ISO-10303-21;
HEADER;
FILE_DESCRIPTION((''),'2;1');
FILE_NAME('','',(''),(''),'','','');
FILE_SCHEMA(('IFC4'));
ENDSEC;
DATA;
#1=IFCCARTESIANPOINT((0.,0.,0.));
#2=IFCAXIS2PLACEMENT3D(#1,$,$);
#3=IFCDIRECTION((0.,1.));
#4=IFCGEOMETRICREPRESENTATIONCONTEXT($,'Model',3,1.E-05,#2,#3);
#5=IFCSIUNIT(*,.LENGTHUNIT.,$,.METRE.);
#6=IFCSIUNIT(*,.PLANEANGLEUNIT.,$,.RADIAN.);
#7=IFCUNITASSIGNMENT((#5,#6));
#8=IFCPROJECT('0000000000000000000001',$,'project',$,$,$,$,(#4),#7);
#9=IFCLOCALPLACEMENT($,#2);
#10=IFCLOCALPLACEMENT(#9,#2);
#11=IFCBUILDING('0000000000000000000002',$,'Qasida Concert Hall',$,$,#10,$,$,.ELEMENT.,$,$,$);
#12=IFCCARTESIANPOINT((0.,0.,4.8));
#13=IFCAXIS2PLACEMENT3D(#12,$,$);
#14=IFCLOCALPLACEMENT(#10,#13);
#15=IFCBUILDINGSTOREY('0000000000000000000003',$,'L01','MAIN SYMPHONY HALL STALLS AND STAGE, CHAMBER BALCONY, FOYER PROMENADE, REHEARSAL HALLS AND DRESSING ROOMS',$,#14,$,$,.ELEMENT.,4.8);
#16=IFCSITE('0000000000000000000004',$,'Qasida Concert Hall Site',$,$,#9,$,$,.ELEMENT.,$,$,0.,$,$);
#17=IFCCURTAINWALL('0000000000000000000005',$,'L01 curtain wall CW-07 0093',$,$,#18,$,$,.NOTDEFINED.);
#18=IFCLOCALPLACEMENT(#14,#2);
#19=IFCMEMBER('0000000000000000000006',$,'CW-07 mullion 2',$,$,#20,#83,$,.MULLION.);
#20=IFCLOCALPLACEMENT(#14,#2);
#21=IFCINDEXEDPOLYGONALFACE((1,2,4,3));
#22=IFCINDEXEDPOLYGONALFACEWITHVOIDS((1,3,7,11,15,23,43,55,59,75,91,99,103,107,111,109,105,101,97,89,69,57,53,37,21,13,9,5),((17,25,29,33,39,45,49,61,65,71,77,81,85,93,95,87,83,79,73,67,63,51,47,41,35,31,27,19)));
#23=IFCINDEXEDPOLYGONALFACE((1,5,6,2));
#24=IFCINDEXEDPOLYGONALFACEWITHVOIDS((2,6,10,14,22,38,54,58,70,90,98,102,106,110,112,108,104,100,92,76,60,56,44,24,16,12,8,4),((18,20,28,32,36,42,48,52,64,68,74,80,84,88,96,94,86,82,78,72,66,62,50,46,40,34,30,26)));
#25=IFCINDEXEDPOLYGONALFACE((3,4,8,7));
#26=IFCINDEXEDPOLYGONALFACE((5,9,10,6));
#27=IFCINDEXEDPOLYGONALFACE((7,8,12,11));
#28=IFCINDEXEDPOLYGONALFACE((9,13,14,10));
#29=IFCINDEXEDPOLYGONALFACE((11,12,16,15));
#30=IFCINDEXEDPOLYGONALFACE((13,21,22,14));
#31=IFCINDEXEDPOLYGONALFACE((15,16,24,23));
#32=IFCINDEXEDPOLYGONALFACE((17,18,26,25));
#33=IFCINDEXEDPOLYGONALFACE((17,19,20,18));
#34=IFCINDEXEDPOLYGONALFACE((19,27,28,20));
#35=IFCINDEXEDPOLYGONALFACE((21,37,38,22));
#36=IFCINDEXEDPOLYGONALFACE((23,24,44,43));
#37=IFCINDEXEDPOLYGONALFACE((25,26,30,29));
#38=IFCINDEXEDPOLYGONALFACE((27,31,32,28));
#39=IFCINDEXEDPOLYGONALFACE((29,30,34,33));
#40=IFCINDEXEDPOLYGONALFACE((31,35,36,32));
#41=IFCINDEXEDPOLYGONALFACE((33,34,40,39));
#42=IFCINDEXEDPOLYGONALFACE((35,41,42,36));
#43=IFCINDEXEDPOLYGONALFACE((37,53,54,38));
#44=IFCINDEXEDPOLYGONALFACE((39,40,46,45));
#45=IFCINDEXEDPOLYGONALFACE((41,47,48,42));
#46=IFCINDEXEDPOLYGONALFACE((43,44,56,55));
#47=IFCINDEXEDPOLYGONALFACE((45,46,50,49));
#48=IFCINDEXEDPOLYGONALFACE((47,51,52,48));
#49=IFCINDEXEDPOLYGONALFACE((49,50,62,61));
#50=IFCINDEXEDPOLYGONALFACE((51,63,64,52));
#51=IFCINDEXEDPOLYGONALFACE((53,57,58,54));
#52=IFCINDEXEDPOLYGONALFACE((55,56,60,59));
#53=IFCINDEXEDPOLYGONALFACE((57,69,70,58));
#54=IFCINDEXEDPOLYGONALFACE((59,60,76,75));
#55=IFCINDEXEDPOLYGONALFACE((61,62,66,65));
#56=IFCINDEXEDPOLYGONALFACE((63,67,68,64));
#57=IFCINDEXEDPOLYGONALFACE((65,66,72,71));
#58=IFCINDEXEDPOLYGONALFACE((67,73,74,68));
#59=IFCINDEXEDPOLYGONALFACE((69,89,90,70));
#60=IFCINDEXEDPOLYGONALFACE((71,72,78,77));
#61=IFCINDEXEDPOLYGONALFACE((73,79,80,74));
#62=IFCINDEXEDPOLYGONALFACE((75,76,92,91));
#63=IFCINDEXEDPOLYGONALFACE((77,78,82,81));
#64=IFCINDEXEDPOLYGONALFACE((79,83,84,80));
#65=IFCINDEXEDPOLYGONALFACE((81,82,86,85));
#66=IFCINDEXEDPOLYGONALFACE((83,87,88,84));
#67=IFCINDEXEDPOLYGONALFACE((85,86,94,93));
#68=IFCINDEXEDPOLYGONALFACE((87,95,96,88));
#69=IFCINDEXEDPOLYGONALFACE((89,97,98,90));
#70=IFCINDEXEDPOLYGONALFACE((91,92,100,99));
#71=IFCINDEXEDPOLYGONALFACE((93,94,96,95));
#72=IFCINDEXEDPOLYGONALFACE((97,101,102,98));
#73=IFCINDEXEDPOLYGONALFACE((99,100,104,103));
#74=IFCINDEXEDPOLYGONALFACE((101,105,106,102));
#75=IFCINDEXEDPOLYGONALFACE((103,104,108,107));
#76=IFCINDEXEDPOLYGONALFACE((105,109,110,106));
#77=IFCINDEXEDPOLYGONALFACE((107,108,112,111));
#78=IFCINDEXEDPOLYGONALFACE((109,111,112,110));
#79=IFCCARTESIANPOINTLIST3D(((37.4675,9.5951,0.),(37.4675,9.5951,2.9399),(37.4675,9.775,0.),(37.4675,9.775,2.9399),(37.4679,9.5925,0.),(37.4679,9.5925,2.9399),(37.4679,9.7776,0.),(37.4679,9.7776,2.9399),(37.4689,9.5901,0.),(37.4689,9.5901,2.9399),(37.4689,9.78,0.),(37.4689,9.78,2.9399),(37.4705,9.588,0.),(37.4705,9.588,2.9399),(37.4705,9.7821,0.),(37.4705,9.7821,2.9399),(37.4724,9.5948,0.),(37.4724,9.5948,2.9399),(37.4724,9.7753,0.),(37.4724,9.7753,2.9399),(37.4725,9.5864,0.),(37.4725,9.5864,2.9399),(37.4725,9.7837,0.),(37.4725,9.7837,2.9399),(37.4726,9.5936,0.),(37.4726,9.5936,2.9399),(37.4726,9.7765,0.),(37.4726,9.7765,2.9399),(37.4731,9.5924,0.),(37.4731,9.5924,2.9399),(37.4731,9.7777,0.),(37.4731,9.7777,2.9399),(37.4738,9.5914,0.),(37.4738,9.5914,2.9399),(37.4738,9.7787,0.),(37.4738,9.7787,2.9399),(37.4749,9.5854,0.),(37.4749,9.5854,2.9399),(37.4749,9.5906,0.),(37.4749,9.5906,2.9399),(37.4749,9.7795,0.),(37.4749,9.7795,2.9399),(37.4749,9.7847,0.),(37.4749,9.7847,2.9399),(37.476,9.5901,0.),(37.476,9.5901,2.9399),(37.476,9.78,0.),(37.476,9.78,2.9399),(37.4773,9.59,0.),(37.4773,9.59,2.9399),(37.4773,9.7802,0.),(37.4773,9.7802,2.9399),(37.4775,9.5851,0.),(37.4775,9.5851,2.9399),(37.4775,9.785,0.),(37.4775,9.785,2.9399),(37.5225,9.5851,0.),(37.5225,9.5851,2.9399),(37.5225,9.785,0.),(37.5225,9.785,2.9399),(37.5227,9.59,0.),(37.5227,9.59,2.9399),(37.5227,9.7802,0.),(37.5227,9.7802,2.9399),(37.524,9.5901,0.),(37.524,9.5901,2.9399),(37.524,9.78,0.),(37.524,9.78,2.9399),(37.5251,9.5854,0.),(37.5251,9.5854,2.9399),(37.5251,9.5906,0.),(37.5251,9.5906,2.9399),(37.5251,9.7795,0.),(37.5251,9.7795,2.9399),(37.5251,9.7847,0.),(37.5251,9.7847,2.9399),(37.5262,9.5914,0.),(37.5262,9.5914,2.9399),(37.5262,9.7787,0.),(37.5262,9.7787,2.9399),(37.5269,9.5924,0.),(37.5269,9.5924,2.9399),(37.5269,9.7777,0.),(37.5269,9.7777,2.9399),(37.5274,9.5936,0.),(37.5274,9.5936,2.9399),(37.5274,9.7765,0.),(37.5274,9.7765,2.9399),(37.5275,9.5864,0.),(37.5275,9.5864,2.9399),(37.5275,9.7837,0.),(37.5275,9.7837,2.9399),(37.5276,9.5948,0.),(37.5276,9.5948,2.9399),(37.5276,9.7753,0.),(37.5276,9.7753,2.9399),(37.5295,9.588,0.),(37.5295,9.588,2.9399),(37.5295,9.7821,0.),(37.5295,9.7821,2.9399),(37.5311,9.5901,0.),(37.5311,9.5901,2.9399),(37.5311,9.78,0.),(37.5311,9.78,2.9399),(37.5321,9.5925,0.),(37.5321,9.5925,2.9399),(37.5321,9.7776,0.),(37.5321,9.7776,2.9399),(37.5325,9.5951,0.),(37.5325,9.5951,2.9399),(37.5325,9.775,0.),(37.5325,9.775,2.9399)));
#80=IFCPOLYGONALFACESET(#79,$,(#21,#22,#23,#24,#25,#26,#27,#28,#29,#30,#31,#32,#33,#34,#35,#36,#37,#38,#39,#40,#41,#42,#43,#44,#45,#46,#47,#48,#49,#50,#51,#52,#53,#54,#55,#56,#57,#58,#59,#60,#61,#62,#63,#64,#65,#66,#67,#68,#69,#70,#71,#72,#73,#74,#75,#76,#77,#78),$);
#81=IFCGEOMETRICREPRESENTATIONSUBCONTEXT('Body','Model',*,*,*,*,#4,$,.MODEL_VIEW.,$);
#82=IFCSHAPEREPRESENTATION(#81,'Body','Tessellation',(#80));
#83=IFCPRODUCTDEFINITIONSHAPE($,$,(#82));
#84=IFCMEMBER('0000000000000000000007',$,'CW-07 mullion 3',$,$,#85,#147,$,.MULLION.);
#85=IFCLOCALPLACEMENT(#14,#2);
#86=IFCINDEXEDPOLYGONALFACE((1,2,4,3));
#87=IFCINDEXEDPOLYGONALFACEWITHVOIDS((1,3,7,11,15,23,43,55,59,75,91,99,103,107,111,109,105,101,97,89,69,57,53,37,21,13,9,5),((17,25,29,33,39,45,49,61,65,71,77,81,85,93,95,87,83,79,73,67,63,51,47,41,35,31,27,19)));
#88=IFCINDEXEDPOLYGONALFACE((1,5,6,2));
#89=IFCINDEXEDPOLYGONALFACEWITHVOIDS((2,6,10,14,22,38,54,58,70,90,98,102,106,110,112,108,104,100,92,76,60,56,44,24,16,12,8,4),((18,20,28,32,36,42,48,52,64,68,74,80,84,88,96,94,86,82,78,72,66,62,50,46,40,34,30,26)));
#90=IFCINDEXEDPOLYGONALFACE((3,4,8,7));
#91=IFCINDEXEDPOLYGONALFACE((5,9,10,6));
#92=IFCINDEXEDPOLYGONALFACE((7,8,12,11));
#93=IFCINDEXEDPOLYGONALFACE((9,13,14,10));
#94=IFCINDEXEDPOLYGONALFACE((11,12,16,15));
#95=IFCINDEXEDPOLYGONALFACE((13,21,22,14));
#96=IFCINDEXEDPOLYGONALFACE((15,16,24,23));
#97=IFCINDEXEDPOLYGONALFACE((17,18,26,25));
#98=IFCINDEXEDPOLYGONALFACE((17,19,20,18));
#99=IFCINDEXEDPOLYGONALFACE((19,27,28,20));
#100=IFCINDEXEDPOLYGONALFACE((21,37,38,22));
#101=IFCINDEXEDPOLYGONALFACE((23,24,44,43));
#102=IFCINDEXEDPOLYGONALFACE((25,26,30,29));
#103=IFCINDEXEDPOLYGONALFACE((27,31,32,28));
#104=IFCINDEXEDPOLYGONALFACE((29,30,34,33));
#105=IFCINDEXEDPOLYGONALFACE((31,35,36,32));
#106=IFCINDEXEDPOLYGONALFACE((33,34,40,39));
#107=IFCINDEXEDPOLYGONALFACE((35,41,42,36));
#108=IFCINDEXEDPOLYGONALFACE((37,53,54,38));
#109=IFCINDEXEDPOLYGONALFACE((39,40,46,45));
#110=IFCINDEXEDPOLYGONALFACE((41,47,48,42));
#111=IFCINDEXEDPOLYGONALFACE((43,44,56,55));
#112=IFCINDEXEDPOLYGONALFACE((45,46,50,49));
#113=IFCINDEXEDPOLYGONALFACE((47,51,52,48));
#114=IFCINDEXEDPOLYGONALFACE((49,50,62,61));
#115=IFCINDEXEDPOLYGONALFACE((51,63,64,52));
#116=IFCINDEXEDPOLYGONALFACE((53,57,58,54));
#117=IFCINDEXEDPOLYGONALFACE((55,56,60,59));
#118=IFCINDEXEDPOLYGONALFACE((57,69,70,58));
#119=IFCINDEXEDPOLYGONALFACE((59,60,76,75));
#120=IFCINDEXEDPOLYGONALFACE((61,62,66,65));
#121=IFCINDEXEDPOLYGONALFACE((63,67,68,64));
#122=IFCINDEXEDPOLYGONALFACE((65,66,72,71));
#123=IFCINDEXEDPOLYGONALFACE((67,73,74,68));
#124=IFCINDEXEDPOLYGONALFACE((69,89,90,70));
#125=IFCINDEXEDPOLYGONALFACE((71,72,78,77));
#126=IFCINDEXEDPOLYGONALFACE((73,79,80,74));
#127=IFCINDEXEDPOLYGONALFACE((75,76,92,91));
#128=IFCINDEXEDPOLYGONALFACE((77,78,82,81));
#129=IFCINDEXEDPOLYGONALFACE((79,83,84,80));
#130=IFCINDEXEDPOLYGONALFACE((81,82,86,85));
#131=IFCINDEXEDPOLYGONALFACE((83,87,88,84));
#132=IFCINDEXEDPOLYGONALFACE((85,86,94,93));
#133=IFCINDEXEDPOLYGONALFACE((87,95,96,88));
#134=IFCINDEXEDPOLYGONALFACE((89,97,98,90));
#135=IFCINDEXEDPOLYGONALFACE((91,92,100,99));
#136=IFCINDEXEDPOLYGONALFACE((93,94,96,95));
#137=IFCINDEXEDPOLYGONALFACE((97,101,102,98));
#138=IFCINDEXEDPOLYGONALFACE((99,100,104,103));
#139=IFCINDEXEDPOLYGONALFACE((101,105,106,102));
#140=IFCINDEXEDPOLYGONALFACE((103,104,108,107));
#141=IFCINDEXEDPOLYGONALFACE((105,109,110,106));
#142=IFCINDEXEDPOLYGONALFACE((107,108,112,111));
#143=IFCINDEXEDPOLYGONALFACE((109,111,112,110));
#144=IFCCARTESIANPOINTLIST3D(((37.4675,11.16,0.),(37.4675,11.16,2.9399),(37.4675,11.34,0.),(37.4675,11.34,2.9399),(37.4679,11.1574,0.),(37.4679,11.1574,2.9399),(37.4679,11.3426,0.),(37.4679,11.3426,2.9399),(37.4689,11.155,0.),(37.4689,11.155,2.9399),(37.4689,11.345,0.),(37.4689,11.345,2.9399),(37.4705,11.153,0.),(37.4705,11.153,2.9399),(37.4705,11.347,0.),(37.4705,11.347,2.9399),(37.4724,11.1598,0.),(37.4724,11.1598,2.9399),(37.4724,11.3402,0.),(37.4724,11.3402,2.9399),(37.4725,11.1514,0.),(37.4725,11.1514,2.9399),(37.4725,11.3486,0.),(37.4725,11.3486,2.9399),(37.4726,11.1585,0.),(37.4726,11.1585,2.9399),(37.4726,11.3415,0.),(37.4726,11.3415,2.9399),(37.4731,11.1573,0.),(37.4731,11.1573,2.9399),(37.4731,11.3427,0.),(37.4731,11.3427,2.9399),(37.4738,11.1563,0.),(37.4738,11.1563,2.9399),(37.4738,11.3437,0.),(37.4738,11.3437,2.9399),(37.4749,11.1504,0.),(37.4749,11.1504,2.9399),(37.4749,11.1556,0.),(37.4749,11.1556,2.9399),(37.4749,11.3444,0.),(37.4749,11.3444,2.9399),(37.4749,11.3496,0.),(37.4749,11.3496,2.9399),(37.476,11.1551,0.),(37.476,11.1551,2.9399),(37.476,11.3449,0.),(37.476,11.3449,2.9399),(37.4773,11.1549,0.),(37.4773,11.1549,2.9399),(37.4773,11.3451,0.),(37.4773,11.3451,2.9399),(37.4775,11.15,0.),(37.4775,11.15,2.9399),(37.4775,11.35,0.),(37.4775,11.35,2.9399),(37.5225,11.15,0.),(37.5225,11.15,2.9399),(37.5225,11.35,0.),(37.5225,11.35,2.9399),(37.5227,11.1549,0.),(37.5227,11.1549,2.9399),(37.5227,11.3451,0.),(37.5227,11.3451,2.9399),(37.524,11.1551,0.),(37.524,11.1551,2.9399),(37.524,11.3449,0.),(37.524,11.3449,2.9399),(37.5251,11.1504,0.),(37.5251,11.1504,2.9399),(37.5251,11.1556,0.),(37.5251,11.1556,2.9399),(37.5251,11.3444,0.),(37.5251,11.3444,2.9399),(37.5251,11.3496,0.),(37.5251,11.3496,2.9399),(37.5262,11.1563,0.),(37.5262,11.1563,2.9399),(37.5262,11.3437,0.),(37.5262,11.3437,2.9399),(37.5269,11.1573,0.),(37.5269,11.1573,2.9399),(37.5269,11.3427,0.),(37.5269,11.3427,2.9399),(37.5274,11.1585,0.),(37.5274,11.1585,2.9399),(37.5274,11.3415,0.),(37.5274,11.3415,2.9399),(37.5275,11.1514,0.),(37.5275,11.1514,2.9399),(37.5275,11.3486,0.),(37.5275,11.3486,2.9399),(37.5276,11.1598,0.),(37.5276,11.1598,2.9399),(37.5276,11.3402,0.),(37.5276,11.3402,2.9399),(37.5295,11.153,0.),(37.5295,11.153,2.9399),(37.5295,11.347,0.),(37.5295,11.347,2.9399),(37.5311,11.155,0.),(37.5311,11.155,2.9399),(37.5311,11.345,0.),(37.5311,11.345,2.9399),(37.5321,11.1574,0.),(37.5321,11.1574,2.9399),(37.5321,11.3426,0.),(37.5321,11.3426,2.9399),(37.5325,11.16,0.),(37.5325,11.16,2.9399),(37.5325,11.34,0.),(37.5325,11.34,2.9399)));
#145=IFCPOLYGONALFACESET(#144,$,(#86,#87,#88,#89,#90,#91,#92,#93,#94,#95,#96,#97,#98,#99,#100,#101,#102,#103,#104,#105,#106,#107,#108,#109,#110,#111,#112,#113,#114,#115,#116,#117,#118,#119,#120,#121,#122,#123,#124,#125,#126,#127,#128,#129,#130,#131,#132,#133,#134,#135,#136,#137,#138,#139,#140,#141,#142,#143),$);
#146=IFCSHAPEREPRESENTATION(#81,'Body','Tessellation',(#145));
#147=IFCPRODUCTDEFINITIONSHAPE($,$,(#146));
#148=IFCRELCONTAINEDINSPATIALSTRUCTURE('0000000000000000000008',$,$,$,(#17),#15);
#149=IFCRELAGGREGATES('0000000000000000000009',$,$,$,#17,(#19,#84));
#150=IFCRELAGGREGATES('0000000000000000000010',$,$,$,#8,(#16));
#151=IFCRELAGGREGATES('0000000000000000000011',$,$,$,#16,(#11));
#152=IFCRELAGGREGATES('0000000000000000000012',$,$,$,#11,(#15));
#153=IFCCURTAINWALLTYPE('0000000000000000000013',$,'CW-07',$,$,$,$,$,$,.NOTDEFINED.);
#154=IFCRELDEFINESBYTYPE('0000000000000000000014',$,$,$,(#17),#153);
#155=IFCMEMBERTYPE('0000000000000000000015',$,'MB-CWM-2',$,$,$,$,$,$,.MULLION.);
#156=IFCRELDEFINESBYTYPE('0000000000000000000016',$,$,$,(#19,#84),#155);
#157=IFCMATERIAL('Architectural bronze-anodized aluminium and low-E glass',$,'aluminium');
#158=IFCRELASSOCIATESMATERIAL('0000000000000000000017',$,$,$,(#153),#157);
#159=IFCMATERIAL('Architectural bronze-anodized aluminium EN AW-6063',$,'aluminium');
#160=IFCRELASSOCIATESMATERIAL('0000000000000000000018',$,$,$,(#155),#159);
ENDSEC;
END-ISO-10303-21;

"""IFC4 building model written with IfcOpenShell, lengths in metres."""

from ifc_helpers import new_model, si_unit, direction, frame, origin, origin_2d, place, context, subcontext, project, spatial, hollow_rectangle, extrude, material, material_profile, profile_set, type_object, element, aggregate, save


model = new_model("IFC4")

# Units and contexts
model_context = context("Model", 3, precision=1e-05, world=origin(), true_north=direction((0.0, 1.0)))
body_context = subcontext(model_context, "Body", "Model", "MODEL_VIEW")
ifc_project = project(units=[si_unit("LENGTHUNIT", "METRE"), si_unit("PLANEANGLEUNIT", "RADIAN")], contexts=[model_context])

# Site, building, storey
site_placement = place(None, origin())
site = spatial("IfcSite", under=ifc_project, at=site_placement, Name="Qasida Concert Hall Site", CompositionType="ELEMENT", RefElevation=0.0)
building_placement = place(site_placement, origin())
building = spatial("IfcBuilding", under=site, at=building_placement, Name="Qasida Concert Hall", CompositionType="ELEMENT")
storey_placement = place(building_placement, frame((0.0, 0.0, 4.8)))
storey = spatial("IfcBuildingStorey", under=building, at=storey_placement, Name="L01", Description="MAIN SYMPHONY HALL STALLS AND STAGE, CHAMBER BALCONY, FOYER PROMENADE, REHEARSAL HALLS AND DRESSING ROOMS", CompositionType="ELEMENT", Elevation=4.8)

# Shared definitions
ifc_material_1 = material(Name="Architectural bronze-anodized aluminium and low-E glass", Category="aluminium")
curtain_wall_type = type_object("IfcCurtainWallType", Name="CW-07", PredefinedType="NOTDEFINED", material=ifc_material_1)
ifc_material_2 = material(Name="Architectural bronze-anodized aluminium EN AW-6063", Category="aluminium")
ifc_material_profile_1 = material_profile(ifc_material_2, hollow_rectangle(XDim=0.0649, YDim=0.2, WallThickness=0.0049, InnerFilletRadius=0.0049, OuterFilletRadius=0.01, at=origin_2d()), Name="CWM 200x65x5")
ifc_profile_set_1 = profile_set([ifc_material_profile_1], Name="Architectural bronze-anodized aluminium EN AW-6063")
member_type_1 = type_object("IfcMemberType", Name="MB-CWM-2", PredefinedType="MULLION", material=ifc_profile_set_1)

# Curtain wall, members
curtain_wall_1_placement = place(storey_placement, origin())
curtain_wall_1 = element("IfcCurtainWall", 1, at=curtain_wall_1_placement, inside=storey, type_object=curtain_wall_type, Name="L01 curtain wall CW-07 0093", PredefinedType="NOTDEFINED")
member_1_placement = place(storey_placement, frame((37.5, 9.6851, 0.0), z_axis=(0.0, 0.0, 1.0), x_axis=(-1.0, 0.0, 0.0)))
member_1 = element("IfcMember", 2, at=member_1_placement, type_object=member_type_1, Name="CW-07 mullion 2", PredefinedType="MULLION", context=body_context, shape_type="SweptSolid", body=[
    extrude(hollow_rectangle(XDim=0.0649, YDim=0.2, WallThickness=0.0049, InnerFilletRadius=0.0049, OuterFilletRadius=0.01, at=origin_2d()), origin(), (0.0, 0.0, 1.0), 2.9399),
])
member_2_placement = place(storey_placement, frame((37.5, 11.25, 0.0), z_axis=(0.0, 0.0, 1.0), x_axis=(-1.0, 0.0, 0.0)))
member_2 = element("IfcMember", 3, at=member_2_placement, type_object=member_type_1, Name="CW-07 mullion 3", PredefinedType="MULLION", context=body_context, shape_type="SweptSolid", body=[
    extrude(hollow_rectangle(XDim=0.0649, YDim=0.2, WallThickness=0.0049, InnerFilletRadius=0.0049, OuterFilletRadius=0.01, at=origin_2d()), origin(), (0.0, 0.0, 1.0), 2.9399),
])

aggregate(curtain_wall_1, [member_1, member_2])

save(model, "model.ifc")
